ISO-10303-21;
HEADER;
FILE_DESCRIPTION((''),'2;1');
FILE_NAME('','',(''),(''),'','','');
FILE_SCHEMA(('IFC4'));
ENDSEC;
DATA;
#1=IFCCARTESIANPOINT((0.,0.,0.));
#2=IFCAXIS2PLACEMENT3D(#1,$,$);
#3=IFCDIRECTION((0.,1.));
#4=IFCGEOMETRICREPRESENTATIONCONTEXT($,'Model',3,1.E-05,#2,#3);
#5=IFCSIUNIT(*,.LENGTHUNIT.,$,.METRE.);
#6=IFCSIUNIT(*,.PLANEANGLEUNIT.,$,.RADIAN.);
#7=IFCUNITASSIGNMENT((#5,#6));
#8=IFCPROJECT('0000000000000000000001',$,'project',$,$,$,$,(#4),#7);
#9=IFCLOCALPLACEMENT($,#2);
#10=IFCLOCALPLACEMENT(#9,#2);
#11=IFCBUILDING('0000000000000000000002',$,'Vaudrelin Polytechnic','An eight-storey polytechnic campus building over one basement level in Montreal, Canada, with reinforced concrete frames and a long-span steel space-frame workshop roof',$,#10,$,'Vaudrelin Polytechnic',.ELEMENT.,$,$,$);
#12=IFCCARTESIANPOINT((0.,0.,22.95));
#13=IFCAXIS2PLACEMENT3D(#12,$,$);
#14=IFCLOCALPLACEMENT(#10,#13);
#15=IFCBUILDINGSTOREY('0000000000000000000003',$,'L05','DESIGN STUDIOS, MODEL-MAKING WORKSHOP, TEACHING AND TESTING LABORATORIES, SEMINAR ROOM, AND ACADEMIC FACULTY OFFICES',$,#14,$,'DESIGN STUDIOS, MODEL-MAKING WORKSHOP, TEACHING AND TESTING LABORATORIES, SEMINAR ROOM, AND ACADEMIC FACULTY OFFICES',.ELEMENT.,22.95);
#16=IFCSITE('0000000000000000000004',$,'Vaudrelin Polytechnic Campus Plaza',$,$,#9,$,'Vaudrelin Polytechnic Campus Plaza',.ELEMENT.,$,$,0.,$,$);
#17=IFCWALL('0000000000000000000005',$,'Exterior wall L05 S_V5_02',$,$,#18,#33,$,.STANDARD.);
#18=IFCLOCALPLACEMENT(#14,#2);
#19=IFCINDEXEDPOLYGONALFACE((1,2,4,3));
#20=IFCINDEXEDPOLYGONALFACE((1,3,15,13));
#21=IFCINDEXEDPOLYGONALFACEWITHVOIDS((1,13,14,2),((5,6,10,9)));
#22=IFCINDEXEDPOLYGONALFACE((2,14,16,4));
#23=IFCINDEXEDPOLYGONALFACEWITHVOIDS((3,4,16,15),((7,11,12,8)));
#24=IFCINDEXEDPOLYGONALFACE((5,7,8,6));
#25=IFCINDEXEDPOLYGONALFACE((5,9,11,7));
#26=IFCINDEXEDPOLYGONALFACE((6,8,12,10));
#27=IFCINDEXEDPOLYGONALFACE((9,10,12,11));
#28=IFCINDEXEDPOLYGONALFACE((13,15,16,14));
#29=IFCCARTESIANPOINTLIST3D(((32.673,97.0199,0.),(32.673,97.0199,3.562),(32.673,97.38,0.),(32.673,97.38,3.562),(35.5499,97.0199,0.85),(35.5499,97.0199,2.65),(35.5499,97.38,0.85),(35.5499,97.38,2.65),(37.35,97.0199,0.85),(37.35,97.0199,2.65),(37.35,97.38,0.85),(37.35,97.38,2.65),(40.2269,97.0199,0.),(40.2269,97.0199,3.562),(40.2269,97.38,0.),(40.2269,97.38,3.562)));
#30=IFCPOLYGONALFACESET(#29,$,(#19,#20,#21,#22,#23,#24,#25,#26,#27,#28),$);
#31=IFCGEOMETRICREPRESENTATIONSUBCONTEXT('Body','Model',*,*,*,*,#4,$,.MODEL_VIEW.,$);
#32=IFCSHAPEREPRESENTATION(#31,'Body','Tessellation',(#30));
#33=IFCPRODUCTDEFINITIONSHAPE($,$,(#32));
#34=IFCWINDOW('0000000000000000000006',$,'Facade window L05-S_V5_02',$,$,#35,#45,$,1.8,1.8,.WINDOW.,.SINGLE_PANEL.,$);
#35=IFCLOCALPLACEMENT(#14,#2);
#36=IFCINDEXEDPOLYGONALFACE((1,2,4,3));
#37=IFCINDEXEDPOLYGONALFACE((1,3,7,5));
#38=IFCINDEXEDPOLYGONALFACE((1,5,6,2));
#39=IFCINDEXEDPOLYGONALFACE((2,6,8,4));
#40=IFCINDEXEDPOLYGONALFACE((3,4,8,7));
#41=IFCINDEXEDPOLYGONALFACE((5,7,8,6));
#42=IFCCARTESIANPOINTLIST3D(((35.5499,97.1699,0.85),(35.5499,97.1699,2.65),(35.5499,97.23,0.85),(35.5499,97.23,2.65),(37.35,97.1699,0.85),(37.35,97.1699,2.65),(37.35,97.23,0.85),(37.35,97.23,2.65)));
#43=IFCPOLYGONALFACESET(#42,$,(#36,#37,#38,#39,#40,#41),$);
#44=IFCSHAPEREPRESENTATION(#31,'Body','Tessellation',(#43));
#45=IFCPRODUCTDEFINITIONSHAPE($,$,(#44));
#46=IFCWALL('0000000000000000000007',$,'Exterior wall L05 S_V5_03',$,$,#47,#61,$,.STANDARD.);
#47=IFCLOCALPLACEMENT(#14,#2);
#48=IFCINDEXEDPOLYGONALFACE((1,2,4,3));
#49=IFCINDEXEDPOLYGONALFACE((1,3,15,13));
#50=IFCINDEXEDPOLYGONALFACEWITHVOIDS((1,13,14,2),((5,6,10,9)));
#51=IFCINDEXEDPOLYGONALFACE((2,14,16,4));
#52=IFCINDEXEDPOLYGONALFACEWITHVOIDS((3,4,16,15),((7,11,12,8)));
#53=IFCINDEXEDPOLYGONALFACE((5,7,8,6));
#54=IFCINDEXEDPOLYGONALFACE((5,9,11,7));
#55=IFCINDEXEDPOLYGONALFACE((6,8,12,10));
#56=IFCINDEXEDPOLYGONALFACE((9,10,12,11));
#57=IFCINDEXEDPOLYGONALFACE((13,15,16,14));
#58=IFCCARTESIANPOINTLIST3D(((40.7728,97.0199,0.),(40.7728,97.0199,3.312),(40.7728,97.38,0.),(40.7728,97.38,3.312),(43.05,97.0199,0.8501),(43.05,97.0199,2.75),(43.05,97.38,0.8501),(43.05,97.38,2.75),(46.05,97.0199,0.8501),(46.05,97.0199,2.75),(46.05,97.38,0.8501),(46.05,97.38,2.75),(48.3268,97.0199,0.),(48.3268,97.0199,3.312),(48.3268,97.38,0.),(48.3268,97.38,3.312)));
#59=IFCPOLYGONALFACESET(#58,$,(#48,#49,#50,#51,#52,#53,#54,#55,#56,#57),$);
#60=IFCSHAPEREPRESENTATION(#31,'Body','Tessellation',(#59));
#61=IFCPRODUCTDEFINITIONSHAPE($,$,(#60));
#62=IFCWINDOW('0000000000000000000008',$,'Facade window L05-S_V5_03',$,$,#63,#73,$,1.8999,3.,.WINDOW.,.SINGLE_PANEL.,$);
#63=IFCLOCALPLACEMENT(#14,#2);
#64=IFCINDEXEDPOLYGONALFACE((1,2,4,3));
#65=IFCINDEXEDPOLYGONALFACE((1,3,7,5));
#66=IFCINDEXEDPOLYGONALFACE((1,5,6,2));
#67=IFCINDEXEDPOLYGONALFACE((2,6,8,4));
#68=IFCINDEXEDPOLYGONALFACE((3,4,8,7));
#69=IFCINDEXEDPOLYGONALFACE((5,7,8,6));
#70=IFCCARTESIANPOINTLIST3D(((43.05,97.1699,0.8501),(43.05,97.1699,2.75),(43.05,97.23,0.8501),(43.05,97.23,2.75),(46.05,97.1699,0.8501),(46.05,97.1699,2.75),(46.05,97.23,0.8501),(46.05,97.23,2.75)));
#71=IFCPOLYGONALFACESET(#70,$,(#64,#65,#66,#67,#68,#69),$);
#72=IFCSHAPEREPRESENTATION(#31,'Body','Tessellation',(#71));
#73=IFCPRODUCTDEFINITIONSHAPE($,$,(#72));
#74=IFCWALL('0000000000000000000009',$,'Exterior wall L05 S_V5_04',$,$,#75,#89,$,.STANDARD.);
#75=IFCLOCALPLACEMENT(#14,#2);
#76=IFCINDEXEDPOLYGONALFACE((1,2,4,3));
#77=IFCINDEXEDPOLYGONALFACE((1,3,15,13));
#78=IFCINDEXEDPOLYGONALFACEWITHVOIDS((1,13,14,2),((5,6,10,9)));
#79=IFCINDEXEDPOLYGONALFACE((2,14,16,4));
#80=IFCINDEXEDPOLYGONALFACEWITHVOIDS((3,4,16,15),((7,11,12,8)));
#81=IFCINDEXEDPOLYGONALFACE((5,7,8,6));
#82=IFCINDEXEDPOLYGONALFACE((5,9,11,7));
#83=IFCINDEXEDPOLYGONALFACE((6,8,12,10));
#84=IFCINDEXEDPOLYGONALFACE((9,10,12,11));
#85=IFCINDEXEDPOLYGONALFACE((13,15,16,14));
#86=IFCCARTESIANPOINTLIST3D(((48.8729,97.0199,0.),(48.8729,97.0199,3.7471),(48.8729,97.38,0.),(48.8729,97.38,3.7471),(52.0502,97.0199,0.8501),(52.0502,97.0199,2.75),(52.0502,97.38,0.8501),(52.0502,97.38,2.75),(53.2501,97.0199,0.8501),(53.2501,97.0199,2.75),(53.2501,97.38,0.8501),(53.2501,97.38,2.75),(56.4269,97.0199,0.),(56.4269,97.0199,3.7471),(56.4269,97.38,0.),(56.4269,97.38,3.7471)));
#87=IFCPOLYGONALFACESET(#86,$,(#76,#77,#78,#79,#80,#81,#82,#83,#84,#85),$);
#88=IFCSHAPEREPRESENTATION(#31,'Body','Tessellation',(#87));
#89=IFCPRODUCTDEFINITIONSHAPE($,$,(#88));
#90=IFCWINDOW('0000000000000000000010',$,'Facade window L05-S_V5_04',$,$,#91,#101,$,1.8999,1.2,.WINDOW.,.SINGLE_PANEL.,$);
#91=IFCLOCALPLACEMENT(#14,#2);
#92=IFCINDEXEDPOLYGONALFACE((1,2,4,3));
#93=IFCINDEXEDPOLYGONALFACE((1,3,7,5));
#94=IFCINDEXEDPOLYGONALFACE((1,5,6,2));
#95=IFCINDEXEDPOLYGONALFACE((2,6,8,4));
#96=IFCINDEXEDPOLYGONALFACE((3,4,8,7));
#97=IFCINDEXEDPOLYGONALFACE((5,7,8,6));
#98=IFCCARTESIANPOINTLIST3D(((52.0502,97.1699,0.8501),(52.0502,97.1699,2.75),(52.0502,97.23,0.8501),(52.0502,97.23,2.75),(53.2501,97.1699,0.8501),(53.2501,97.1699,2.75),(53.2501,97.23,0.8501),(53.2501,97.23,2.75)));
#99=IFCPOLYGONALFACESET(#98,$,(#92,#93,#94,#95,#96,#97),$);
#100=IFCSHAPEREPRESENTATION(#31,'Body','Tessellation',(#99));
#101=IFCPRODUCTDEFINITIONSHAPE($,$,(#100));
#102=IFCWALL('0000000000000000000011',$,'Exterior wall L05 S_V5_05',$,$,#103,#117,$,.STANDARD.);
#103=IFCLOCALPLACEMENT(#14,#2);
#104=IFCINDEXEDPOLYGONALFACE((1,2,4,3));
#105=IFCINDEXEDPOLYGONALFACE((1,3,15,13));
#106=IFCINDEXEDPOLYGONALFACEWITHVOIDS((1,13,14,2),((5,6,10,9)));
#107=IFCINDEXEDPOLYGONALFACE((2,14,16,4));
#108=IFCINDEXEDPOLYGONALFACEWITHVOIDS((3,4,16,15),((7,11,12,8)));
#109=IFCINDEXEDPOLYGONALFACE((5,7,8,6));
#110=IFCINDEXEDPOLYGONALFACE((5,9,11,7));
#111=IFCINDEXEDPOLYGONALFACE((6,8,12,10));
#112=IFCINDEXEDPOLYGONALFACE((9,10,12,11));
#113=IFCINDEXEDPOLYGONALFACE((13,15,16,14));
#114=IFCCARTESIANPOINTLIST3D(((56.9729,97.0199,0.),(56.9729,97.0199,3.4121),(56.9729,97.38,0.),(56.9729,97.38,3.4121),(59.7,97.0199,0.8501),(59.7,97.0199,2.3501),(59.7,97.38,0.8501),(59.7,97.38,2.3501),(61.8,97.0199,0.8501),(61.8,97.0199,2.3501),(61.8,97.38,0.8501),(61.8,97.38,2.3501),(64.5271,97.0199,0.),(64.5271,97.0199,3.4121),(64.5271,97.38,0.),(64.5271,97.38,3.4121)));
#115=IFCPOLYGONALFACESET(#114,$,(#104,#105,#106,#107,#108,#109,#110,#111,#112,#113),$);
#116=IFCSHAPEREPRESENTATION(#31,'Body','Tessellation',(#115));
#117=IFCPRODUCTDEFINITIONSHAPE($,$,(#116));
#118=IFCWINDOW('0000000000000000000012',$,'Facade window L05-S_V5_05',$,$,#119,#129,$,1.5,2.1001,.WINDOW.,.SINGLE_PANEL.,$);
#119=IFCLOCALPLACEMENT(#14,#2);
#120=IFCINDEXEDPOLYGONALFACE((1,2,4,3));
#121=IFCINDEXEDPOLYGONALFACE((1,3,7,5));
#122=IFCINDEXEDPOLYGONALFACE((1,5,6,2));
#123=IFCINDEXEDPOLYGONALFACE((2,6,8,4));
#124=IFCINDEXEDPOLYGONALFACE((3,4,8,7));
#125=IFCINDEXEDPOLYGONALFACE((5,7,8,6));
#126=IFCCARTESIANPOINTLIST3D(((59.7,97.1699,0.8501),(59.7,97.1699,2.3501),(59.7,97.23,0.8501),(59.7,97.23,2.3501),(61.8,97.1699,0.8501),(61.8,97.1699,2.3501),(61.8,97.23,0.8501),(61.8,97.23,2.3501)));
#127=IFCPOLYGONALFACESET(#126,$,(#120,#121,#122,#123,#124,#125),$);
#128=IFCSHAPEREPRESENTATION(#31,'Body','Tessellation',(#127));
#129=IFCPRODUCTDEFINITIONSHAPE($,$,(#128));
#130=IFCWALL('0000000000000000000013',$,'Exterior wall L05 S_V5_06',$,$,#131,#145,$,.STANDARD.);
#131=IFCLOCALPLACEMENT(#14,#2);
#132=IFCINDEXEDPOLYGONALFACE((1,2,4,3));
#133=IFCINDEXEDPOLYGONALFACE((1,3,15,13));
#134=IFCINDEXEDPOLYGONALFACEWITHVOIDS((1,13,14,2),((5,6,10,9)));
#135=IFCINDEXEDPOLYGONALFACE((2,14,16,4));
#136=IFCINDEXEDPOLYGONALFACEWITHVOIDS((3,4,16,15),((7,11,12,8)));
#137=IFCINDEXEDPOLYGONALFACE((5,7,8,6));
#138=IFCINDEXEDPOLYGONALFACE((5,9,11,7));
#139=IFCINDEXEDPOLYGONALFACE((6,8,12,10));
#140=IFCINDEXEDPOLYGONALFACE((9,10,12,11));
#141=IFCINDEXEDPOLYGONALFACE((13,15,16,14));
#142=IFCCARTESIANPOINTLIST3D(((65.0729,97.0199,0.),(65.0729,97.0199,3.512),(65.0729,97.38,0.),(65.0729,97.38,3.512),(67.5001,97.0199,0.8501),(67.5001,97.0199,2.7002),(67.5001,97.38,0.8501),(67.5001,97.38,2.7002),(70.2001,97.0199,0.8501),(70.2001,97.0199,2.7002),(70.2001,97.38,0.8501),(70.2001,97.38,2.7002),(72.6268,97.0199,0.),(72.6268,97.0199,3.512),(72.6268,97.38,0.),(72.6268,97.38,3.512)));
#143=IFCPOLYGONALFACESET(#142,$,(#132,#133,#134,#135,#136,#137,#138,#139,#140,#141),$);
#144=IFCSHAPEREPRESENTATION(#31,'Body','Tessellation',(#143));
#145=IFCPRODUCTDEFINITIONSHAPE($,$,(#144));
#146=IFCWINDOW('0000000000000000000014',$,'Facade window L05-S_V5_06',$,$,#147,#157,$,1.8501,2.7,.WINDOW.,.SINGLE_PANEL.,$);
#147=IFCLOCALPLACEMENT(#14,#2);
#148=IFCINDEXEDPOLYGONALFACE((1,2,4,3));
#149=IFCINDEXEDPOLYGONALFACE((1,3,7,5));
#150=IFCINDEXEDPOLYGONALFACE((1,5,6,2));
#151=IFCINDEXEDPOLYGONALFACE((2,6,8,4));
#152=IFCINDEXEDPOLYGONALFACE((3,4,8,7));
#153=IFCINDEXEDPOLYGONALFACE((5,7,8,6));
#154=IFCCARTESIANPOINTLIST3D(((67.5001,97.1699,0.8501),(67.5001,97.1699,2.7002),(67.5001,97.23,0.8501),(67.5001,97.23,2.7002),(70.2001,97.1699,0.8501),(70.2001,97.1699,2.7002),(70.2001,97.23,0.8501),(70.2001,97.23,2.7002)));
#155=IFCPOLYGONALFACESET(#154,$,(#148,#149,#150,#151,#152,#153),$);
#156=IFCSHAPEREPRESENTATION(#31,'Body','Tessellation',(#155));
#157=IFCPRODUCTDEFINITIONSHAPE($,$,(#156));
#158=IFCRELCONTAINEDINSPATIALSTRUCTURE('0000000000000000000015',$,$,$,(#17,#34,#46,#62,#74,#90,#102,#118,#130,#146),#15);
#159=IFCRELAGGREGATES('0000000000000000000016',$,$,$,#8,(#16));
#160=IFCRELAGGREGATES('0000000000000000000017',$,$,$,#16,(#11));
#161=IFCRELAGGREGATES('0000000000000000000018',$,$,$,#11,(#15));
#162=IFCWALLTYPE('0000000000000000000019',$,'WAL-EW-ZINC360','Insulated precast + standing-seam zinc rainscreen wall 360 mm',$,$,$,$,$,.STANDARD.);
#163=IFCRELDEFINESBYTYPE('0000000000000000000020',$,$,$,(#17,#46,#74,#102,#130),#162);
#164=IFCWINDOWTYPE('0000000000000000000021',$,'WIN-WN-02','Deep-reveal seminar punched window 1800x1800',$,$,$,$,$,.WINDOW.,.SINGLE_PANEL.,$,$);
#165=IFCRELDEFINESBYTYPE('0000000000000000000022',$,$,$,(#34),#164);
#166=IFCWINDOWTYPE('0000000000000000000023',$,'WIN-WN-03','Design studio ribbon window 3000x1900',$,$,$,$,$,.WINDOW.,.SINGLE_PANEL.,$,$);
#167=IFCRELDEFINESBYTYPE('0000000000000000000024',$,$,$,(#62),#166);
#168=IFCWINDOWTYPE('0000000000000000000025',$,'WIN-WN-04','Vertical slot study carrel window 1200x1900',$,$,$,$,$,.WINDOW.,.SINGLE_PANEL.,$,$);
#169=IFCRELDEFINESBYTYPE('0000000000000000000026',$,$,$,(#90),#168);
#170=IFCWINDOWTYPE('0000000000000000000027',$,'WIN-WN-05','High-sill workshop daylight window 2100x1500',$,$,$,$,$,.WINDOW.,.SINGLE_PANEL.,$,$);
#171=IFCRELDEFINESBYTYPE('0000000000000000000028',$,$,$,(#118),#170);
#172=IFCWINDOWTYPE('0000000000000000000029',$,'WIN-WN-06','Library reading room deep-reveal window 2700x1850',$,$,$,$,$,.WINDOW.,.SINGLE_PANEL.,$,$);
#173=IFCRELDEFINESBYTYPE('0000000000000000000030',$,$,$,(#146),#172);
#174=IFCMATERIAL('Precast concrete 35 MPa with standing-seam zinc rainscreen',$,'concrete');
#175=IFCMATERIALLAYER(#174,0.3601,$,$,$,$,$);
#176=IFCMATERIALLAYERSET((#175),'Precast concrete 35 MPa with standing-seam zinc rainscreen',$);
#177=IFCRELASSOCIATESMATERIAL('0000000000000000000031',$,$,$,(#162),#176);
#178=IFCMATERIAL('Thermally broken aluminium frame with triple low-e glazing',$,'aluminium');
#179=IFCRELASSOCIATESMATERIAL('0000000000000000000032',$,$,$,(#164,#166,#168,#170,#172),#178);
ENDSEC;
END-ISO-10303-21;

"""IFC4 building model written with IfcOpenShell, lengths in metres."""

from ifc_helpers import new_model, si_unit, direction, frame, frame_2d, origin, place, context, subcontext, project, spatial, rectangle, extrude, material, layer, layer_set, type_object, element, fill, save


model = new_model("IFC4")

# Units and contexts
model_context = context("Model", 3, precision=1e-05, world=origin(), true_north=direction((0.0, 1.0)))
body_context = subcontext(model_context, "Body", "Model", "MODEL_VIEW")
ifc_project = project(units=[si_unit("LENGTHUNIT", "METRE"), si_unit("PLANEANGLEUNIT", "RADIAN")], contexts=[model_context])

# Site, building, storey
site_placement = place(None, origin())
site = spatial("IfcSite", under=ifc_project, at=site_placement, Name="Vaudrelin Polytechnic Campus Plaza", LongName="Vaudrelin Polytechnic Campus Plaza", CompositionType="ELEMENT", RefElevation=0.0)
building_placement = place(site_placement, origin())
building = spatial("IfcBuilding", under=site, at=building_placement, Name="Vaudrelin Polytechnic", Description="An eight-storey polytechnic campus building over one basement level in Montreal, Canada, with reinforced concrete frames and a long-span steel space-frame workshop roof", LongName="Vaudrelin Polytechnic", CompositionType="ELEMENT")
storey_placement = place(building_placement, frame((0.0, 0.0, 22.95)))
storey = spatial("IfcBuildingStorey", under=building, at=storey_placement, Name="L05", Description="DESIGN STUDIOS, MODEL-MAKING WORKSHOP, TEACHING AND TESTING LABORATORIES, SEMINAR ROOM, AND ACADEMIC FACULTY OFFICES", LongName="DESIGN STUDIOS, MODEL-MAKING WORKSHOP, TEACHING AND TESTING LABORATORIES, SEMINAR ROOM, AND ACADEMIC FACULTY OFFICES", CompositionType="ELEMENT", Elevation=22.95)

# Walls, openings, windows
ifc_material_1 = material(Name="Precast concrete 35 MPa with standing-seam zinc rainscreen", Category="concrete")
ifc_layer = layer(ifc_material_1, 0.3601)
ifc_layer_set = layer_set([ifc_layer], Name="Precast concrete 35 MPa with standing-seam zinc rainscreen")
wall_type = type_object("IfcWallType", Name="WAL-EW-ZINC360", Description="Insulated precast + standing-seam zinc rainscreen wall 360 mm", PredefinedType="STANDARD", material=ifc_layer_set)
wall_1_placement = place(storey_placement, frame((32.6731, 97.2, 0.0), z_axis=(0.0, 0.0, 1.0), x_axis=(1.0, 0.0, 0.0)))
wall_1 = element("IfcWall", 1, at=wall_1_placement, inside=storey, type_object=wall_type, Name="Exterior wall L05 S_V5_02", PredefinedType="STANDARD", context=body_context, shape_type="SweptSolid", body=[
    extrude(rectangle(XDim=7.554, YDim=0.3601, at=frame_2d((3.7769, 0.0))), origin(), (0.0, 0.0, 1.0), 3.562),
])
opening_1_placement = place(wall_1_placement, frame((2.877, 0.0, 0.8501)))
opening_1 = element("IfcOpeningElement", 2, at=opening_1_placement, cuts=wall_1, PredefinedType="OPENING", context=body_context, shape_type="SweptSolid", body=[
    extrude(rectangle(XDim=1.8, YDim=1.8, at=frame_2d((0.8999, 0.8999))), frame((0.0, 0.1899, 0.0), z_axis=(0.0, -1.0, 0.0), x_axis=(1.0, 0.0, 0.0)), (0.0, 0.0, 1.0), 0.3801),
])
ifc_material_2 = material(Name="Thermally broken aluminium frame with triple low-e glazing", Category="aluminium")
window_type_1 = type_object("IfcWindowType", Name="WIN-WN-02", Description="Deep-reveal seminar punched window 1800x1800", PartitioningType="SINGLE_PANEL", PredefinedType="WINDOW", material=ifc_material_2)
window_1_placement = place(opening_1_placement, origin())
window_1 = element("IfcWindow", 3, at=window_1_placement, inside=storey, type_object=window_type_1, Name="Facade window L05-S_V5_02", OverallHeight=1.8, OverallWidth=1.8, PartitioningType="SINGLE_PANEL", PredefinedType="WINDOW", context=body_context, shape_type="SweptSolid", body=[
    extrude(rectangle(XDim=1.8, YDim=1.8, at=frame_2d((0.8999, 0.8999))), frame((0.0, 0.03, 0.0), z_axis=(0.0, -1.0, 0.0), x_axis=(1.0, 0.0, 0.0)), (0.0, 0.0, 1.0), 0.0601),
])
fill(opening_1, window_1)
wall_2_placement = place(storey_placement, frame((40.7729, 97.2, 0.0), z_axis=(0.0, 0.0, 1.0), x_axis=(1.0, 0.0, 0.0)))
wall_2 = element("IfcWall", 4, at=wall_2_placement, inside=storey, type_object=wall_type, Name="Exterior wall L05 S_V5_03", PredefinedType="STANDARD", context=body_context, shape_type="SweptSolid", body=[
    extrude(rectangle(XDim=7.554, YDim=0.3601, at=frame_2d((3.7769, 0.0))), origin(), (0.0, 0.0, 1.0), 3.312),
])
opening_2_placement = place(wall_2_placement, frame((2.2771, 0.0, 0.8501)))
opening_2 = element("IfcOpeningElement", 5, at=opening_2_placement, cuts=wall_2, PredefinedType="OPENING", context=body_context, shape_type="SweptSolid", body=[
    extrude(rectangle(XDim=3.0, YDim=1.8999, at=frame_2d((1.5, 0.95))), frame((0.0, 0.1899, 0.0), z_axis=(0.0, -1.0, 0.0), x_axis=(1.0, 0.0, 0.0)), (0.0, 0.0, 1.0), 0.3801),
])
window_type_2 = type_object("IfcWindowType", Name="WIN-WN-03", Description="Design studio ribbon window 3000x1900", PartitioningType="SINGLE_PANEL", PredefinedType="WINDOW", material=ifc_material_2)
window_2_placement = place(opening_2_placement, origin())
window_2 = element("IfcWindow", 6, at=window_2_placement, inside=storey, type_object=window_type_2, Name="Facade window L05-S_V5_03", OverallHeight=1.8999, OverallWidth=3.0, PartitioningType="SINGLE_PANEL", PredefinedType="WINDOW", context=body_context, shape_type="SweptSolid", body=[
    extrude(rectangle(XDim=3.0, YDim=1.8999, at=frame_2d((1.5, 0.95))), frame((0.0, 0.03, 0.0), z_axis=(0.0, -1.0, 0.0), x_axis=(1.0, 0.0, 0.0)), (0.0, 0.0, 1.0), 0.0601),
])
fill(opening_2, window_2)
wall_3_placement = place(storey_placement, frame((48.873, 97.2, 0.0), z_axis=(0.0, 0.0, 1.0), x_axis=(1.0, 0.0, 0.0)))
wall_3 = element("IfcWall", 7, at=wall_3_placement, inside=storey, type_object=wall_type, Name="Exterior wall L05 S_V5_04", PredefinedType="STANDARD", context=body_context, shape_type="SweptSolid", body=[
    extrude(rectangle(XDim=7.554, YDim=0.3601, at=frame_2d((3.7769, 0.0))), origin(), (0.0, 0.0, 1.0), 3.7471),
])
opening_3_placement = place(wall_3_placement, frame((3.177, 0.0, 0.8501)))
opening_3 = element("IfcOpeningElement", 8, at=opening_3_placement, cuts=wall_3, PredefinedType="OPENING", context=body_context, shape_type="SweptSolid", body=[
    extrude(rectangle(XDim=1.2, YDim=1.8999, at=frame_2d((0.6001, 0.95))), frame((0.0, 0.1899, 0.0), z_axis=(0.0, -1.0, 0.0), x_axis=(1.0, 0.0, 0.0)), (0.0, 0.0, 1.0), 0.3801),
])
window_type_3 = type_object("IfcWindowType", Name="WIN-WN-04", Description="Vertical slot study carrel window 1200x1900", PartitioningType="SINGLE_PANEL", PredefinedType="WINDOW", material=ifc_material_2)
window_3_placement = place(opening_3_placement, origin())
window_3 = element("IfcWindow", 9, at=window_3_placement, inside=storey, type_object=window_type_3, Name="Facade window L05-S_V5_04", OverallHeight=1.8999, OverallWidth=1.2, PartitioningType="SINGLE_PANEL", PredefinedType="WINDOW", context=body_context, shape_type="SweptSolid", body=[
    extrude(rectangle(XDim=1.2, YDim=1.8999, at=frame_2d((0.6001, 0.95))), frame((0.0, 0.03, 0.0), z_axis=(0.0, -1.0, 0.0), x_axis=(1.0, 0.0, 0.0)), (0.0, 0.0, 1.0), 0.0601),
])
fill(opening_3, window_3)
wall_4_placement = place(storey_placement, frame((56.9729, 97.2, 0.0), z_axis=(0.0, 0.0, 1.0), x_axis=(1.0, 0.0, 0.0)))
wall_4 = element("IfcWall", 10, at=wall_4_placement, inside=storey, type_object=wall_type, Name="Exterior wall L05 S_V5_05", PredefinedType="STANDARD", context=body_context, shape_type="SweptSolid", body=[
    extrude(rectangle(XDim=7.5542, YDim=0.3601, at=frame_2d((3.7771, 0.0))), origin(), (0.0, 0.0, 1.0), 3.4121),
])
opening_4_placement = place(wall_4_placement, frame((2.7271, 0.0, 0.8501)))
opening_4 = element("IfcOpeningElement", 11, at=opening_4_placement, cuts=wall_4, PredefinedType="OPENING", context=body_context, shape_type="SweptSolid", body=[
    extrude(rectangle(XDim=2.1001, YDim=1.5, at=frame_2d((1.05, 0.75))), frame((0.0, 0.1899, 0.0), z_axis=(0.0, -1.0, 0.0), x_axis=(1.0, 0.0, 0.0)), (0.0, 0.0, 1.0), 0.3801),
])
window_type_4 = type_object("IfcWindowType", Name="WIN-WN-05", Description="High-sill workshop daylight window 2100x1500", PartitioningType="SINGLE_PANEL", PredefinedType="WINDOW", material=ifc_material_2)
window_4_placement = place(opening_4_placement, origin())
window_4 = element("IfcWindow", 12, at=window_4_placement, inside=storey, type_object=window_type_4, Name="Facade window L05-S_V5_05", OverallHeight=1.5, OverallWidth=2.1001, PartitioningType="SINGLE_PANEL", PredefinedType="WINDOW", context=body_context, shape_type="SweptSolid", body=[
    extrude(rectangle(XDim=2.1001, YDim=1.5, at=frame_2d((1.05, 0.75))), frame((0.0, 0.03, 0.0), z_axis=(0.0, -1.0, 0.0), x_axis=(1.0, 0.0, 0.0)), (0.0, 0.0, 1.0), 0.0601),
])
fill(opening_4, window_4)
wall_5_placement = place(storey_placement, frame((65.073, 97.2, 0.0), z_axis=(0.0, 0.0, 1.0), x_axis=(1.0, 0.0, 0.0)))
wall_5 = element("IfcWall", 13, at=wall_5_placement, inside=storey, type_object=wall_type, Name="Exterior wall L05 S_V5_06", PredefinedType="STANDARD", context=body_context, shape_type="SweptSolid", body=[
    extrude(rectangle(XDim=7.554, YDim=0.3601, at=frame_2d((3.7769, 0.0))), origin(), (0.0, 0.0, 1.0), 3.512),
])
opening_5_placement = place(wall_5_placement, frame((2.427, 0.0, 0.8501)))
opening_5 = element("IfcOpeningElement", 14, at=opening_5_placement, cuts=wall_5, PredefinedType="OPENING", context=body_context, shape_type="SweptSolid", body=[
    extrude(rectangle(XDim=2.7, YDim=1.8501, at=frame_2d((1.3501, 0.925))), frame((0.0, 0.1899, 0.0), z_axis=(0.0, -1.0, 0.0), x_axis=(1.0, 0.0, 0.0)), (0.0, 0.0, 1.0), 0.3801),
])
window_type_5 = type_object("IfcWindowType", Name="WIN-WN-06", Description="Library reading room deep-reveal window 2700x1850", PartitioningType="SINGLE_PANEL", PredefinedType="WINDOW", material=ifc_material_2)
window_5_placement = place(opening_5_placement, origin())
window_5 = element("IfcWindow", 15, at=window_5_placement, inside=storey, type_object=window_type_5, Name="Facade window L05-S_V5_06", OverallHeight=1.8501, OverallWidth=2.7, PartitioningType="SINGLE_PANEL", PredefinedType="WINDOW", context=body_context, shape_type="SweptSolid", body=[
    extrude(rectangle(XDim=2.7, YDim=1.8501, at=frame_2d((1.3501, 0.925))), frame((0.0, 0.03, 0.0), z_axis=(0.0, -1.0, 0.0), x_axis=(1.0, 0.0, 0.0)), (0.0, 0.0, 1.0), 0.0601),
])
fill(opening_5, window_5)

save(model, "model.ifc")
